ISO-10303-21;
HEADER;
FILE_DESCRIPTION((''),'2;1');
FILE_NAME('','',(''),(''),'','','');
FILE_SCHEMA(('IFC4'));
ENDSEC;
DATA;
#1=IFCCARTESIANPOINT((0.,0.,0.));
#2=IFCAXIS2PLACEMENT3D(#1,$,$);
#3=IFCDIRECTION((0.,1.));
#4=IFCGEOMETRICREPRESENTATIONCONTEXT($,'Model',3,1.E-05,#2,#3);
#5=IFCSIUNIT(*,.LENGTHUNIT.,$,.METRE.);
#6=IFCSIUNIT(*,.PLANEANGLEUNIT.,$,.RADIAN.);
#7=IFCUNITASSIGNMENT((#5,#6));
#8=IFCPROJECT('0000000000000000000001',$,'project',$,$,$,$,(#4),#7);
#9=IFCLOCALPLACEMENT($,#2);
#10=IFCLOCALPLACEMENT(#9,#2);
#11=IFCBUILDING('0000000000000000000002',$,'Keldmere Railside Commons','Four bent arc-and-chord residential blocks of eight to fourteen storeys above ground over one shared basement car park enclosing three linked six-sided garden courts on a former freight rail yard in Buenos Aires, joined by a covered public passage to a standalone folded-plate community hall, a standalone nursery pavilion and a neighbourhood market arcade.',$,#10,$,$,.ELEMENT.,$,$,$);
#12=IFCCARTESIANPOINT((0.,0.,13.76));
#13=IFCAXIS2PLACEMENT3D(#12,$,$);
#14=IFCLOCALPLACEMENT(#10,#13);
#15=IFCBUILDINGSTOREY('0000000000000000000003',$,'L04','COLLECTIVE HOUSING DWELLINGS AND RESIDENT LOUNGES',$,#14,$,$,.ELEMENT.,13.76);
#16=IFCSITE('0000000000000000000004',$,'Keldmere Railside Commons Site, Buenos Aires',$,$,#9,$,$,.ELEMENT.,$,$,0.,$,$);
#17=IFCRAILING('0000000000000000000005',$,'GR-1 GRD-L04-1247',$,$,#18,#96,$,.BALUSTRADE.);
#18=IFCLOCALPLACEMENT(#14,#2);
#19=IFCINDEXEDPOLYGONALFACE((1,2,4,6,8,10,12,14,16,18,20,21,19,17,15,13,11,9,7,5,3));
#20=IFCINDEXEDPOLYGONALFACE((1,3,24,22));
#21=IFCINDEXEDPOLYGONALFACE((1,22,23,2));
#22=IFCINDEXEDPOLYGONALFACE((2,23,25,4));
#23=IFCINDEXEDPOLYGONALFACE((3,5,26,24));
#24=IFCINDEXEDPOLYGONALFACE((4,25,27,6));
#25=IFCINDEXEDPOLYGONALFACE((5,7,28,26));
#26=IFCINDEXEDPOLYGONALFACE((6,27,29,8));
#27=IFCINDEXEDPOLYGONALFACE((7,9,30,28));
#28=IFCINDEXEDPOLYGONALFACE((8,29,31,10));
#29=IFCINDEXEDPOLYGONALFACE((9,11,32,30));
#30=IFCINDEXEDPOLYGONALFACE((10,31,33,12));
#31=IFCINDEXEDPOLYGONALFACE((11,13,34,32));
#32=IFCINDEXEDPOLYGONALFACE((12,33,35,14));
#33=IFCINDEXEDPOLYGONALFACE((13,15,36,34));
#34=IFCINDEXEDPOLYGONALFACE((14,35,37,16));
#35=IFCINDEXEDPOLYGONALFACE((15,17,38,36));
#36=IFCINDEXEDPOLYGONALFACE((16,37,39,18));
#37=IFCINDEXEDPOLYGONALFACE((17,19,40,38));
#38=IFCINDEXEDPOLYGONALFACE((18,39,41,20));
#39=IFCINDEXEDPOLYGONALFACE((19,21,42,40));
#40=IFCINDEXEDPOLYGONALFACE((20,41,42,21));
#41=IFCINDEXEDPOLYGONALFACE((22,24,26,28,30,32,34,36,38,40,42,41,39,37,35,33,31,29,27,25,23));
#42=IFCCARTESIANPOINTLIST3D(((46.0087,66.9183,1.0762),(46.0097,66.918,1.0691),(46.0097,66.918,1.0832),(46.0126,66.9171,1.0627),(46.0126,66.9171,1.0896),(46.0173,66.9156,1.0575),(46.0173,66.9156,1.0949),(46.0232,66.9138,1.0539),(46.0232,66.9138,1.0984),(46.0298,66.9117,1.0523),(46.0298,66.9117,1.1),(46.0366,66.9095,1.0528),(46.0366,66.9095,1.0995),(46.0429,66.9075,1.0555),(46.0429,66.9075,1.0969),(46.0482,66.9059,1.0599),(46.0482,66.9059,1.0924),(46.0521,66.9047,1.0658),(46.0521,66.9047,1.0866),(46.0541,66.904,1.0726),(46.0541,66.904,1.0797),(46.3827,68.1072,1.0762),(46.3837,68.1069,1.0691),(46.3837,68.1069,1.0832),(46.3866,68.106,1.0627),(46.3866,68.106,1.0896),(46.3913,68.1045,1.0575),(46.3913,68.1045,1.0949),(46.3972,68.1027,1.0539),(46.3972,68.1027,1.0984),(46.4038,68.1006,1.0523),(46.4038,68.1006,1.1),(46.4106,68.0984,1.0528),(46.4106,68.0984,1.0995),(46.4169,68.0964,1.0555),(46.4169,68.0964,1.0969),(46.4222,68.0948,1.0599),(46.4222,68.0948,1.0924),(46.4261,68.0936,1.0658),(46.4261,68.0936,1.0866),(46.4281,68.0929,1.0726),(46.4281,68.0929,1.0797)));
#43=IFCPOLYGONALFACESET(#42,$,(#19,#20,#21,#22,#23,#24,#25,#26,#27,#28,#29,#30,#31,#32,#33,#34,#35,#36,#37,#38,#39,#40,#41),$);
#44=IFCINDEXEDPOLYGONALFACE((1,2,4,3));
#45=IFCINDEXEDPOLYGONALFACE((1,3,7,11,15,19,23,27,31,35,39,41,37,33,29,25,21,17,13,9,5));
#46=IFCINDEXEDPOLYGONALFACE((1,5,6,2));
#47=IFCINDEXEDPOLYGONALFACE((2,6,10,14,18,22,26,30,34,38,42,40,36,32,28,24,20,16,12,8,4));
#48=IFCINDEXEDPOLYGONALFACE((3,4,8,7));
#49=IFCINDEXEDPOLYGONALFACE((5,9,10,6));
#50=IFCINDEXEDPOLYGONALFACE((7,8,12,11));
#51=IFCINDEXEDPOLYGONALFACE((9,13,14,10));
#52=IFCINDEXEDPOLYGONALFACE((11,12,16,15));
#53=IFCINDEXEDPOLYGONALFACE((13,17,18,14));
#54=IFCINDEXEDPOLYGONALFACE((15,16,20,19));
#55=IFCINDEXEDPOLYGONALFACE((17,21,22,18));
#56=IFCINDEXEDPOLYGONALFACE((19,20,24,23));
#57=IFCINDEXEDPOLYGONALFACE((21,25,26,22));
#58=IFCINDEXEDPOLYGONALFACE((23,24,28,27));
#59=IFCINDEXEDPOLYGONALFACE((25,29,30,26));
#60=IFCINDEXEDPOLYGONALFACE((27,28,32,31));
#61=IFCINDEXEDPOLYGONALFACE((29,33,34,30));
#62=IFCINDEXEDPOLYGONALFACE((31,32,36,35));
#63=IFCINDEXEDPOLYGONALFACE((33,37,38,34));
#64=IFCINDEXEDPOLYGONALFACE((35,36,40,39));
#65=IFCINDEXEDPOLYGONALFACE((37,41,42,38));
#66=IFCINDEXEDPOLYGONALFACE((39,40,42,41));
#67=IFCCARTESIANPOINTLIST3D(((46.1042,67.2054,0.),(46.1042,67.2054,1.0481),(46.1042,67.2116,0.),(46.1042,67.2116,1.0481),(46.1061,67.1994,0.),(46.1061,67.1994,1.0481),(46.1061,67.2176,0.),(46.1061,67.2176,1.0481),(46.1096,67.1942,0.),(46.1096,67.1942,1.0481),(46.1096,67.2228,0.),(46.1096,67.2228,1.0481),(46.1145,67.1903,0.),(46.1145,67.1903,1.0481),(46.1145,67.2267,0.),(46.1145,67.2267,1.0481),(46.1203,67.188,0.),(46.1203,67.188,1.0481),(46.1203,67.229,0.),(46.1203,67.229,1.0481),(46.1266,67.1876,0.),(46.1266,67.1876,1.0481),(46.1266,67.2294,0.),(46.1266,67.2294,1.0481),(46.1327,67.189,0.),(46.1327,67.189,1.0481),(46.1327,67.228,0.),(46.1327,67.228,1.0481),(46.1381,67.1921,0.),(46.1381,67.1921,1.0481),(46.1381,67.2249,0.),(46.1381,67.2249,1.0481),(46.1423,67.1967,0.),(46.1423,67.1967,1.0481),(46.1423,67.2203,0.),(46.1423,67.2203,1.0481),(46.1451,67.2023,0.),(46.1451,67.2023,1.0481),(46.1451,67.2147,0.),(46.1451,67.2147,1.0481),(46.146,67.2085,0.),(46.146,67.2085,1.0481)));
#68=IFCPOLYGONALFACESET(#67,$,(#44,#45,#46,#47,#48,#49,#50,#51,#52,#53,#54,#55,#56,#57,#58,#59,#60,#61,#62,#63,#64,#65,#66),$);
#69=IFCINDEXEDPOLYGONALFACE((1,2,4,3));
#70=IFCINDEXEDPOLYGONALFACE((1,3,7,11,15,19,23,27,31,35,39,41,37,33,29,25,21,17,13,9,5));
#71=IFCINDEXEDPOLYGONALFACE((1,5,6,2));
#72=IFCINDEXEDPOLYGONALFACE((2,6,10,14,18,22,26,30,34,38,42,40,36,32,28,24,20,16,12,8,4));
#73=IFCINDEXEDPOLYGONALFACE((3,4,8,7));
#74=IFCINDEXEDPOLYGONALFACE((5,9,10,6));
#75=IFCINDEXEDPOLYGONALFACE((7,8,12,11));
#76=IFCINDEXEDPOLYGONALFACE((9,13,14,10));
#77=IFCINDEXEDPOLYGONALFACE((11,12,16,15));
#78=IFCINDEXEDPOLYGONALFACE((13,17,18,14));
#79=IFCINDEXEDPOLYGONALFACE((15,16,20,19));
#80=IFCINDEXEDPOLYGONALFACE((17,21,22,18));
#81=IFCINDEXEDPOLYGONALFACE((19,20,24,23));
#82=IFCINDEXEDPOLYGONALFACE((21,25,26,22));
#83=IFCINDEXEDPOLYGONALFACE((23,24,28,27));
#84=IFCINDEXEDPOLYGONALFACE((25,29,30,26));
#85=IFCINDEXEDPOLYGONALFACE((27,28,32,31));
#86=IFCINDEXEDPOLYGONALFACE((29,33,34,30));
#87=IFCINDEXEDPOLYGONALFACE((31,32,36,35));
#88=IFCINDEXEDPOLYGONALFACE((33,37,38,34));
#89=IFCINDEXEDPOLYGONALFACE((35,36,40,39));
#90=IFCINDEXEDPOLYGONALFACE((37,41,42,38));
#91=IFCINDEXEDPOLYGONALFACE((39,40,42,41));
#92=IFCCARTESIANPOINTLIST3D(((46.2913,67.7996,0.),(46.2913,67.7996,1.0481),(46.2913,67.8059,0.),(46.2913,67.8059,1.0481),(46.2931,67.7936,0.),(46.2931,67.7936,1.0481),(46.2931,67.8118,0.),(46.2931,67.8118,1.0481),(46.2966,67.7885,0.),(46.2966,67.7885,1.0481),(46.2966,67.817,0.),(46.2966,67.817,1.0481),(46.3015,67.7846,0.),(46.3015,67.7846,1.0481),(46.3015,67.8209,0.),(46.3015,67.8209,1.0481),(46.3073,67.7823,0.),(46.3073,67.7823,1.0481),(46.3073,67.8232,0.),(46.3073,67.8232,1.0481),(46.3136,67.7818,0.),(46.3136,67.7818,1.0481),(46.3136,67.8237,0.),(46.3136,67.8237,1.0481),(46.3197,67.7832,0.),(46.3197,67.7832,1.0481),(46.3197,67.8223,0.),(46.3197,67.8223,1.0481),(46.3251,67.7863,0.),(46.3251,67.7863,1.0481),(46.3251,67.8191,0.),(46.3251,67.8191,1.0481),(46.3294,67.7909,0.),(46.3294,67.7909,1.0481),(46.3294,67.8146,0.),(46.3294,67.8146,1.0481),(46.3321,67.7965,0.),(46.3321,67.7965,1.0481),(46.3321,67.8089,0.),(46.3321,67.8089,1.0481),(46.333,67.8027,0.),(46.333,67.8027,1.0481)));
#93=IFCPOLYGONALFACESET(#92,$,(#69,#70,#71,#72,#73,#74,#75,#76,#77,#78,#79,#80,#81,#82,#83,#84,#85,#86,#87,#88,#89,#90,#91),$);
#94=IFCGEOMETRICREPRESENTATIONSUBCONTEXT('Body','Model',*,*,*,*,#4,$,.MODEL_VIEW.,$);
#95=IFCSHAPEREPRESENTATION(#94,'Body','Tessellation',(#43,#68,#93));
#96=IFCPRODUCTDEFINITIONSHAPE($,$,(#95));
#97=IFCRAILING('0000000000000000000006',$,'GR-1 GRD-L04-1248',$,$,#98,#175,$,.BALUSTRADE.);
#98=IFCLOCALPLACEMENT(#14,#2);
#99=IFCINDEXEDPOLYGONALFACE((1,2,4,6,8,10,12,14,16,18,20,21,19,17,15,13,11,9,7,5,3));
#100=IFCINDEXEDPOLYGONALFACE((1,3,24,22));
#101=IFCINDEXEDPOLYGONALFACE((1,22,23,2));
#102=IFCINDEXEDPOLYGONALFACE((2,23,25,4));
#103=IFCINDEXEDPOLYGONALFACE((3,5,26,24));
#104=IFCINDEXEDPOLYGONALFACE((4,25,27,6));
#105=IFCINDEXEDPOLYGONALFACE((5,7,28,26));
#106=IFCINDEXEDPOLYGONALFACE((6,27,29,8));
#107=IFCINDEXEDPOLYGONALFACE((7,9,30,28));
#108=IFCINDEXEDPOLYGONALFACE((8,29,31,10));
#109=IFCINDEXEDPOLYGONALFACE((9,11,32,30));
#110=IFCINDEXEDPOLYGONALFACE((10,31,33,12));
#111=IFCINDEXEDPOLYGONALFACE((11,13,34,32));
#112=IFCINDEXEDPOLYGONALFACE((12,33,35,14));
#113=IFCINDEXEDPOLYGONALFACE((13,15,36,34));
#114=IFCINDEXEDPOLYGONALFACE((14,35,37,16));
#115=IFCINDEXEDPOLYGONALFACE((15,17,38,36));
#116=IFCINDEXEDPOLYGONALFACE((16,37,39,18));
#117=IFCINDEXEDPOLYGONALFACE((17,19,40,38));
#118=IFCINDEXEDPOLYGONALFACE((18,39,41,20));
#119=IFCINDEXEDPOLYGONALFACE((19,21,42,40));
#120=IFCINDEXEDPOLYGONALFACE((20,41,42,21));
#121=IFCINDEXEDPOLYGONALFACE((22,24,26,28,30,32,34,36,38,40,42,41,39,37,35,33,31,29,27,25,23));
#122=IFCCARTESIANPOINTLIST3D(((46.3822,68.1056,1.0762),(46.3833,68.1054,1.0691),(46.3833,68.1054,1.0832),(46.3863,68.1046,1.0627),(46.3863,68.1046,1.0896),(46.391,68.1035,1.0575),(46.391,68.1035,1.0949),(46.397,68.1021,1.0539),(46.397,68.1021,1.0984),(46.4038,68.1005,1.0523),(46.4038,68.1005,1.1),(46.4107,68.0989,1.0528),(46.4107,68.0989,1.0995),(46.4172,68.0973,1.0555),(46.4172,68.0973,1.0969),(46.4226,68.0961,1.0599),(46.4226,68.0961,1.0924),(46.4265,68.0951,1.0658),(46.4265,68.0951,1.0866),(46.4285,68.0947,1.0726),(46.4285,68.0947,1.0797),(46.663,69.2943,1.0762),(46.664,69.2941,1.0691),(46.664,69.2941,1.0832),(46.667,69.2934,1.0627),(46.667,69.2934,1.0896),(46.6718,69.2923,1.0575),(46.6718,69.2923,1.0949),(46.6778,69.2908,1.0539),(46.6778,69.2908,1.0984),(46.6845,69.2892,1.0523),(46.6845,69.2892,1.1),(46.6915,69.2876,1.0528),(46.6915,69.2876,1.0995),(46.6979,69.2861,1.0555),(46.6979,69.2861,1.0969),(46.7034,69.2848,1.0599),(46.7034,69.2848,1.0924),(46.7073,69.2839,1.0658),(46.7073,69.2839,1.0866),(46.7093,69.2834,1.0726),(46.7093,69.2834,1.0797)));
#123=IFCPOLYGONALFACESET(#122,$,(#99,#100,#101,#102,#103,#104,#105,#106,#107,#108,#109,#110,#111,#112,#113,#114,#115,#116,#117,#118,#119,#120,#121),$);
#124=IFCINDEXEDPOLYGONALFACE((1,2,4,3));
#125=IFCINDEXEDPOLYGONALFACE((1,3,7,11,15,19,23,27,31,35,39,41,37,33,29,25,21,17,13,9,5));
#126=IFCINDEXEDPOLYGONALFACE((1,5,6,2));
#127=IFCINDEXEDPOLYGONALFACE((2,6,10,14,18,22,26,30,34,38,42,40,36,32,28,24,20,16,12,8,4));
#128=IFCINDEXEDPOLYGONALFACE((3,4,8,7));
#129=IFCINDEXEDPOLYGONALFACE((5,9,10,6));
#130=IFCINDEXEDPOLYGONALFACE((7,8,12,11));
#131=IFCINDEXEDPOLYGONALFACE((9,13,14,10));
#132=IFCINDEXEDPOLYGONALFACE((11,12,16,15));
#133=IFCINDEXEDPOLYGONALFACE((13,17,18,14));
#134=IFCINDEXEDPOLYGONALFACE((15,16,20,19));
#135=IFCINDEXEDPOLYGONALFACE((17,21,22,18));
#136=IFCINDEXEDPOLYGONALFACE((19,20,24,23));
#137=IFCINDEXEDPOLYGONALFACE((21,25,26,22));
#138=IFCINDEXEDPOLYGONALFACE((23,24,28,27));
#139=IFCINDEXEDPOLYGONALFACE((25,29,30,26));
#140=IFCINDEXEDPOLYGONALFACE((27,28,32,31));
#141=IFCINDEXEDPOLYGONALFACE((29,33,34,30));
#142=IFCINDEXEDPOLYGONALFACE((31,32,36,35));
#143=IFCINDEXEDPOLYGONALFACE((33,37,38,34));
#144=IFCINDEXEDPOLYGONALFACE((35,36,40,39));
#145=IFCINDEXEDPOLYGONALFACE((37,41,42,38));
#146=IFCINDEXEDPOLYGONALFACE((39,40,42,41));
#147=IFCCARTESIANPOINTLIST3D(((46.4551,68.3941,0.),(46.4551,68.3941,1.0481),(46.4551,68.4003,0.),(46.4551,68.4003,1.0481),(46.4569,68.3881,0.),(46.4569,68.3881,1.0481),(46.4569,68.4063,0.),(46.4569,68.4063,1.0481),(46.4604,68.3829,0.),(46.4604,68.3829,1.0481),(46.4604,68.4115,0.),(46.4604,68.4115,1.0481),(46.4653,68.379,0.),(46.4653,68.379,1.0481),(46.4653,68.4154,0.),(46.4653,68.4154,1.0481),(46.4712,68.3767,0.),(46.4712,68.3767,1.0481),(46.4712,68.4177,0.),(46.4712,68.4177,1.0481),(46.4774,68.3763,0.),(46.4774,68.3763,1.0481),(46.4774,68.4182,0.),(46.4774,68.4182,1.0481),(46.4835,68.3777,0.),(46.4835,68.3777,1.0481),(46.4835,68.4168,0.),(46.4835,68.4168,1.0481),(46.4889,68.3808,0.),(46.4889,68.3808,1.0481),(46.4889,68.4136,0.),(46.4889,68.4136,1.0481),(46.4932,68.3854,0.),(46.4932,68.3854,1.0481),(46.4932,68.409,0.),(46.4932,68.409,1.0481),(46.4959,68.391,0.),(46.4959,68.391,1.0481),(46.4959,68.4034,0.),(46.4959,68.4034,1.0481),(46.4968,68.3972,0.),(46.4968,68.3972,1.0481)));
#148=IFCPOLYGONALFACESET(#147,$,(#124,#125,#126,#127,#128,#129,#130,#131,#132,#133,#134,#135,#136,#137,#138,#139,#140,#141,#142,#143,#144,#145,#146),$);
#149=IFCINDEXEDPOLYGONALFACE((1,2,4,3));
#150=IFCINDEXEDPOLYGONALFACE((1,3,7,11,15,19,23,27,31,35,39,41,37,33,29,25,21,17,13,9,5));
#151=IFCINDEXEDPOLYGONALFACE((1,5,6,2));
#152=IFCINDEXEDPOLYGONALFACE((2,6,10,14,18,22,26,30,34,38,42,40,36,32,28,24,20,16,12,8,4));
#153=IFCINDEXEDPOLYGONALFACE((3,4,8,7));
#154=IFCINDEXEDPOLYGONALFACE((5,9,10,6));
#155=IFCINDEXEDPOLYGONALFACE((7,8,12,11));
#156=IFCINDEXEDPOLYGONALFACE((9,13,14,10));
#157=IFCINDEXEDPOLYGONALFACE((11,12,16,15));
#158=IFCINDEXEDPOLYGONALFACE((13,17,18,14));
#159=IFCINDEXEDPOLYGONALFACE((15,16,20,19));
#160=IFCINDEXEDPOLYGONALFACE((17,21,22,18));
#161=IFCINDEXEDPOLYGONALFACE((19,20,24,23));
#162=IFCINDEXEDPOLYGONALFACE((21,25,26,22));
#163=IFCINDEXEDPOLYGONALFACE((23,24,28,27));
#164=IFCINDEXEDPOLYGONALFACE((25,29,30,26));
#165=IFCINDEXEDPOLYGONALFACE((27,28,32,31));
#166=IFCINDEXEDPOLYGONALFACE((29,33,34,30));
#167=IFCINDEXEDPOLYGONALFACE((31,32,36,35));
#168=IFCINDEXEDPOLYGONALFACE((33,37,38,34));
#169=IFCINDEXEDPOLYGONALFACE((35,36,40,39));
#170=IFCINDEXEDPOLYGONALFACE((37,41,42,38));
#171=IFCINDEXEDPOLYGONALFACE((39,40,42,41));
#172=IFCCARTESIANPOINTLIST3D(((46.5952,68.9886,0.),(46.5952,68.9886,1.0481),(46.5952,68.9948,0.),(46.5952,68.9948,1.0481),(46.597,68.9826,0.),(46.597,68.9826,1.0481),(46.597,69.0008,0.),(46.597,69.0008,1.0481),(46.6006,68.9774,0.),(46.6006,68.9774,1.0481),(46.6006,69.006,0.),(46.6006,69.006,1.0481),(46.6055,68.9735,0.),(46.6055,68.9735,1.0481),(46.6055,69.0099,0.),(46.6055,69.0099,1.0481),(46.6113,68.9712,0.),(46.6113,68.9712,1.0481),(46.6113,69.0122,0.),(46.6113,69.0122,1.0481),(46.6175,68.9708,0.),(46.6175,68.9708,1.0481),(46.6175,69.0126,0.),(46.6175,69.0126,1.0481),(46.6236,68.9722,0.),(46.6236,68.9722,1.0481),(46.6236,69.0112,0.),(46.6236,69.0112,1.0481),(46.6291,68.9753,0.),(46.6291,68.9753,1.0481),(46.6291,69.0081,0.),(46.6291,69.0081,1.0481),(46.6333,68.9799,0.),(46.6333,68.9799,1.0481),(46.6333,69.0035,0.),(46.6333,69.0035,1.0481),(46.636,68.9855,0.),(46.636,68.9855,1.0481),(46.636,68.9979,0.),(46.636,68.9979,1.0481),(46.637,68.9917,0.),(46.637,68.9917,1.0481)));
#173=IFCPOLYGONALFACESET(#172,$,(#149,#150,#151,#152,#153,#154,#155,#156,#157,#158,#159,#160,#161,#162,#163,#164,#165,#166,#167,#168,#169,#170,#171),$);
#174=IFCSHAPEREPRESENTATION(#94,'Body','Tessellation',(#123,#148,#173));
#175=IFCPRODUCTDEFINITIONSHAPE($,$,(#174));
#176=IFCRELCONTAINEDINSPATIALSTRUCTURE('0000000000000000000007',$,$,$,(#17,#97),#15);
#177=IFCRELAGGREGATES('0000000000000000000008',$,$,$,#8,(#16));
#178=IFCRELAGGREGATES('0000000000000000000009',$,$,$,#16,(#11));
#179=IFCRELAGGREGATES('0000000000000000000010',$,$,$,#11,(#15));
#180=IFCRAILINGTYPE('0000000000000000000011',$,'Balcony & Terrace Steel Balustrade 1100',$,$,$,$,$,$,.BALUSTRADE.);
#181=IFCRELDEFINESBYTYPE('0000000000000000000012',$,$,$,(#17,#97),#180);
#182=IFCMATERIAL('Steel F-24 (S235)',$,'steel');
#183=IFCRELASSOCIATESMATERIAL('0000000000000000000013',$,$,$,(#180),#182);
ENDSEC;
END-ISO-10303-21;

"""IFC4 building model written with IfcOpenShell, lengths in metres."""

from ifc_helpers import new_model, si_unit, direction, frame, origin, origin_2d, place, context, subcontext, project, spatial, circle, extrude, material, type_object, element, save


model = new_model("IFC4")

# Units and contexts
model_context = context("Model", 3, precision=1e-05, world=origin(), true_north=direction((0.0, 1.0)))
body_context = subcontext(model_context, "Body", "Model", "MODEL_VIEW")
ifc_project = project(units=[si_unit("LENGTHUNIT", "METRE"), si_unit("PLANEANGLEUNIT", "RADIAN")], contexts=[model_context])

# Site, building, storey
site_placement = place(None, origin())
site = spatial("IfcSite", under=ifc_project, at=site_placement, Name="Keldmere Railside Commons Site, Buenos Aires", CompositionType="ELEMENT", RefElevation=0.0)
building_placement = place(site_placement, origin())
building = spatial("IfcBuilding", under=site, at=building_placement, Name="Keldmere Railside Commons", Description="Four bent arc-and-chord residential blocks of eight to fourteen storeys above ground over one shared basement car park enclosing three linked six-sided garden courts on a former freight rail yard in Buenos Aires, joined by a covered public passage to a standalone folded-plate community hall, a standalone nursery pavilion and a neighbourhood market arcade.", CompositionType="ELEMENT")
storey_placement = place(building_placement, frame((0.0, 0.0, 13.76)))
storey = spatial("IfcBuildingStorey", under=building, at=storey_placement, Name="L04", Description="COLLECTIVE HOUSING DWELLINGS AND RESIDENT LOUNGES", CompositionType="ELEMENT", Elevation=13.76)

# Railings
ifc_material_1 = material(Name="Steel F-24 (S235)", Category="steel")
railing_type_1 = type_object("IfcRailingType", Name="Balcony & Terrace Steel Balustrade 1100", PredefinedType="BALUSTRADE", material=ifc_material_1)
railing_1_placement = place(storey_placement, frame((46.0315, 66.9111, 0.0)))
element("IfcRailing", 1, at=railing_1_placement, inside=storey, type_object=railing_type_1, Name="GR-1 GRD-L04-1247", PredefinedType="BALUSTRADE", context=body_context, shape_type="SweptSolid", body=[
    extrude(circle(Radius=0.0239, at=origin_2d()), frame((0.0, 0.0, 1.0762), z_axis=(0.300081, 0.953914, 0.0), x_axis=(-0.953914, 0.300081, 0.0)), (0.0, 0.0, 1.0), 1.2463),
    extrude(circle(Radius=0.021, at=origin_2d()), frame((0.0935, 0.2974, 0.0)), (0.0, 0.0, 1.0), 1.0481),
    extrude(circle(Radius=0.021, at=origin_2d()), frame((0.2805, 0.8916, 0.0)), (0.0, 0.0, 1.0), 1.0481),
])
railing_2_placement = place(storey_placement, frame((46.4055, 68.1001, 0.0)))
element("IfcRailing", 2, at=railing_2_placement, inside=storey, type_object=railing_type_1, Name="GR-1 GRD-L04-1248", PredefinedType="BALUSTRADE", context=body_context, shape_type="SweptSolid", body=[
    extrude(circle(Radius=0.0239, at=origin_2d()), frame((0.0, 0.0, 1.0762), z_axis=(0.229864, 0.973223, 0.0), x_axis=(-0.973223, 0.229864, 0.0)), (0.0, 0.0, 1.0), 1.2214),
    extrude(circle(Radius=0.021, at=origin_2d()), frame((0.0703, 0.2971, 0.0)), (0.0, 0.0, 1.0), 1.0481),
    extrude(circle(Radius=0.021, at=origin_2d()), frame((0.2104, 0.8916, 0.0)), (0.0, 0.0, 1.0), 1.0481),
])

save(model, "model.ifc")
